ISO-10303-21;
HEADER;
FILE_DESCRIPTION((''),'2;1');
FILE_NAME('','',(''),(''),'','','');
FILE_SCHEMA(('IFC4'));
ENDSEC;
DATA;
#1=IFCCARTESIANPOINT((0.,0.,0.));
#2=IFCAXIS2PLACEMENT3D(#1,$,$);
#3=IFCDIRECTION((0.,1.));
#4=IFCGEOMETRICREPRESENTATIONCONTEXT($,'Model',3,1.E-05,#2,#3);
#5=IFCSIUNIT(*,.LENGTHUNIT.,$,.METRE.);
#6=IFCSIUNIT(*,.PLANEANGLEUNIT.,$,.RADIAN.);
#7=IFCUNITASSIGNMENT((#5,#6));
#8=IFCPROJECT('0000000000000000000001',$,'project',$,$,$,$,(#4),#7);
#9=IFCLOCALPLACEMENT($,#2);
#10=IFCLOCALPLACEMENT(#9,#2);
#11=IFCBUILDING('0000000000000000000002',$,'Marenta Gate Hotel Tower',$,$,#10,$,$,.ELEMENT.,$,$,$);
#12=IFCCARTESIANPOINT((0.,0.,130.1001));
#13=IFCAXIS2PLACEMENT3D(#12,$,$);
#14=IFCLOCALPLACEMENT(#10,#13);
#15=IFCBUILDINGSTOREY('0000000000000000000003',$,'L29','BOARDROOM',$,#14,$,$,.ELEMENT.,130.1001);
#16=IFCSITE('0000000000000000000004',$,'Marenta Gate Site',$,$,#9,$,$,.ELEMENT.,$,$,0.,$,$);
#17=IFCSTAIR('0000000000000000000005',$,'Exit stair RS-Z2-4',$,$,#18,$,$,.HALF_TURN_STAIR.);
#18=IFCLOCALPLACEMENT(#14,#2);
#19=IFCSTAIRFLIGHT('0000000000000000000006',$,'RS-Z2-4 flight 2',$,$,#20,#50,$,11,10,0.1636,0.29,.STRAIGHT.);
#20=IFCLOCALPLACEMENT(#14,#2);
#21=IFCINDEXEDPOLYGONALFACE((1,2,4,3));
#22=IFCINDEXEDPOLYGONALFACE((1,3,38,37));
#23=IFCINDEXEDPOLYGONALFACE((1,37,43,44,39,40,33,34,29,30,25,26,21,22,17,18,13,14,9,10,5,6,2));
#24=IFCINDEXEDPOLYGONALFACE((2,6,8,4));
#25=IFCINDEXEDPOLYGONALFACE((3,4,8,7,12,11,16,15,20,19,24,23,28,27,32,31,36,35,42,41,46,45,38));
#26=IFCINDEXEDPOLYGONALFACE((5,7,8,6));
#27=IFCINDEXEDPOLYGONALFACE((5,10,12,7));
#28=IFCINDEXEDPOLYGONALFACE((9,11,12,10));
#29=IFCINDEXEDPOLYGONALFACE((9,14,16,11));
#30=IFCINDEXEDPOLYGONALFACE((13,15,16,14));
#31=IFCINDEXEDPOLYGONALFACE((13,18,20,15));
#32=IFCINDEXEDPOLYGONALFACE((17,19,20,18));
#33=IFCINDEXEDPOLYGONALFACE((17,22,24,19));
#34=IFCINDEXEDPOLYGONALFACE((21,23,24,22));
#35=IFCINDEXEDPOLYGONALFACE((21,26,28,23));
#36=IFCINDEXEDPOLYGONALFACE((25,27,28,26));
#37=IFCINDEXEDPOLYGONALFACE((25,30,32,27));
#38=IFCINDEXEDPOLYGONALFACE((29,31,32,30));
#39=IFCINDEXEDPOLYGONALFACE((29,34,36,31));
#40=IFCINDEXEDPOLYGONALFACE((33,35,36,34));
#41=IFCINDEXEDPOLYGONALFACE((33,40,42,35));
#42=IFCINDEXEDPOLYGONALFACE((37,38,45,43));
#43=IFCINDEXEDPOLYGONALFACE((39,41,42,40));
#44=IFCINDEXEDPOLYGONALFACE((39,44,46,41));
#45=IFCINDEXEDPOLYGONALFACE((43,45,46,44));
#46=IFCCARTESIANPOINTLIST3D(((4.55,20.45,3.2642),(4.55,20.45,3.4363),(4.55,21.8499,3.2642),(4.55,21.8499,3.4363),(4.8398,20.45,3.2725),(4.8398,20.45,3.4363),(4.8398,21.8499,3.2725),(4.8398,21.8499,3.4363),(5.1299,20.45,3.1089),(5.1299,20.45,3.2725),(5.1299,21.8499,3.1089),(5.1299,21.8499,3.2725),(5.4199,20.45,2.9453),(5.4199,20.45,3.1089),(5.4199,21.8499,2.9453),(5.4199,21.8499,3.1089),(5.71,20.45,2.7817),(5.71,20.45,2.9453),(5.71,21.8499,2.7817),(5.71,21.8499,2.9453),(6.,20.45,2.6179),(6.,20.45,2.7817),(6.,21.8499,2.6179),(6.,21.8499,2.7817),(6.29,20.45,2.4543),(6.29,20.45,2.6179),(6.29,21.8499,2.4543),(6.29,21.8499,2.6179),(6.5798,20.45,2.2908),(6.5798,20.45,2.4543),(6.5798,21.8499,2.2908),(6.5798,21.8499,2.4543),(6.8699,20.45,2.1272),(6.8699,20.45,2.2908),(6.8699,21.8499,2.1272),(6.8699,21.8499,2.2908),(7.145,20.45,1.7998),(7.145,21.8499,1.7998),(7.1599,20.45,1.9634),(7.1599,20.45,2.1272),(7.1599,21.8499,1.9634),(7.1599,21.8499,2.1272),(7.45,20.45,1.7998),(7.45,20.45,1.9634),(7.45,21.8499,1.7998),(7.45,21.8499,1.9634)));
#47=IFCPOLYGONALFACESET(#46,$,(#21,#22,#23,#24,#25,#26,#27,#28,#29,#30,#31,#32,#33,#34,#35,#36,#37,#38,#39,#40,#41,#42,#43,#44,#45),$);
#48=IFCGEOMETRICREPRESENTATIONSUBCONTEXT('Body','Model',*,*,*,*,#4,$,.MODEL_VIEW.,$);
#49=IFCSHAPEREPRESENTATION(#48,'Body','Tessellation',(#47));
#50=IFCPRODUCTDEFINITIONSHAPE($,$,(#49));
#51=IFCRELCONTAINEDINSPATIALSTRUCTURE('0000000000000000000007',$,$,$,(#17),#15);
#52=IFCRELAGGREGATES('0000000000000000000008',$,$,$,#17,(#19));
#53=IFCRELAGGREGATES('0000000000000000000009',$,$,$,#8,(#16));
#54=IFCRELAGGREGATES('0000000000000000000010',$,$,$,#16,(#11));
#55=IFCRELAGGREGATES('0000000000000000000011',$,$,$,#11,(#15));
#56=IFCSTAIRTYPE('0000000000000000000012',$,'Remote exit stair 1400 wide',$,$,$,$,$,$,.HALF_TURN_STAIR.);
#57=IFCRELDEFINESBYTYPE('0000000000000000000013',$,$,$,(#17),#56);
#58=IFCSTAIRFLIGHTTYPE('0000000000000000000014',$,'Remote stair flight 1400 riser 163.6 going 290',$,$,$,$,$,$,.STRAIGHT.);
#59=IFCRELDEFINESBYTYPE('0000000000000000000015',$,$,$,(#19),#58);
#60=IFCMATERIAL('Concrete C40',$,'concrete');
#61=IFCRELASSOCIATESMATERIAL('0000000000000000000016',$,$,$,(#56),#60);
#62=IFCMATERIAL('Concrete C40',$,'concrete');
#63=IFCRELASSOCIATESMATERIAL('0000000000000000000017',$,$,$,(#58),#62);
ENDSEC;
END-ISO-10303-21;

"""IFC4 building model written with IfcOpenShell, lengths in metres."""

from ifc_helpers import new_model, si_unit, direction, frame, origin, place, context, subcontext, project, spatial, polyline, outline, extrude, material, type_object, element, aggregate, save


model = new_model("IFC4")

# Units and contexts
model_context = context("Model", 3, precision=1e-05, world=origin(), true_north=direction((0.0, 1.0)))
body_context = subcontext(model_context, "Body", "Model", "MODEL_VIEW")
ifc_project = project(units=[si_unit("LENGTHUNIT", "METRE"), si_unit("PLANEANGLEUNIT", "RADIAN")], contexts=[model_context])

# Site, building, storey
site_placement = place(None, origin())
site = spatial("IfcSite", under=ifc_project, at=site_placement, Name="Marenta Gate Site", CompositionType="ELEMENT", RefElevation=0.0)
building_placement = place(site_placement, origin())
building = spatial("IfcBuilding", under=site, at=building_placement, Name="Marenta Gate Hotel Tower", CompositionType="ELEMENT")
storey_placement = place(building_placement, frame((0.0, 0.0, 130.1001)))
storey = spatial("IfcBuildingStorey", under=building, at=storey_placement, Name="L29", Description="BOARDROOM", CompositionType="ELEMENT", Elevation=130.1001)

# Stair, stair flight
ifc_material_1 = material(Name="Concrete C40", Category="concrete")
stair_type = type_object("IfcStairType", Name="Remote exit stair 1400 wide", PredefinedType="HALF_TURN_STAIR", material=ifc_material_1)
stair_placement = place(storey_placement, origin())
stair = element("IfcStair", 1, at=stair_placement, inside=storey, type_object=stair_type, Name="Exit stair RS-Z2-4", PredefinedType="HALF_TURN_STAIR")
ifc_material_2 = material(Name="Concrete C40", Category="concrete")
stair_flight_type = type_object("IfcStairFlightType", Name="Remote stair flight 1400 riser 163.6 going 290", PredefinedType="STRAIGHT", material=ifc_material_2)
stair_flight_1_placement = place(storey_placement, frame((7.45, 21.1499, 1.7998), z_axis=(0.0, 0.0, 1.0), x_axis=(-1.0, 0.0, 0.0)))
stair_flight_1 = element("IfcStairFlight", 2, at=stair_flight_1_placement, type_object=stair_flight_type, Name="RS-Z2-4 flight 2", NumberOfRisers=11, NumberOfTreads=10, PredefinedType="STRAIGHT", RiserHeight=0.1636, TreadLength=0.29, context=body_context, shape_type="SweptSolid", body=[
    extrude(outline(polyline([(0.0, 0.0), (0.0, 0.1636), (0.29, 0.1636), (0.29, 0.3274), (0.5801, 0.3274), (0.5801, 0.491), (0.8701, 0.491), (0.8701, 0.6545), (1.1599, 0.6545), (1.1599, 0.8181), (1.45, 0.8181), (1.45, 0.9819), (1.74, 0.9819), (1.74, 1.1455), (2.03, 1.1455), (2.03, 1.3091), (2.3201, 1.3091), (2.3201, 1.4727), (2.6101, 1.4727), (2.6101, 1.6365), (2.8999, 1.6365), (2.8999, 1.8), (2.8999, 1.4644), (0.3049, 0.0), (0.0, 0.0)])), frame((0.0, 0.7, 0.0), z_axis=(0.0, -1.0, 0.0), x_axis=(1.0, 0.0, 0.0)), (0.0, 0.0, 1.0), 1.3999),
])
aggregate(stair, [stair_flight_1])

save(model, "model.ifc")
